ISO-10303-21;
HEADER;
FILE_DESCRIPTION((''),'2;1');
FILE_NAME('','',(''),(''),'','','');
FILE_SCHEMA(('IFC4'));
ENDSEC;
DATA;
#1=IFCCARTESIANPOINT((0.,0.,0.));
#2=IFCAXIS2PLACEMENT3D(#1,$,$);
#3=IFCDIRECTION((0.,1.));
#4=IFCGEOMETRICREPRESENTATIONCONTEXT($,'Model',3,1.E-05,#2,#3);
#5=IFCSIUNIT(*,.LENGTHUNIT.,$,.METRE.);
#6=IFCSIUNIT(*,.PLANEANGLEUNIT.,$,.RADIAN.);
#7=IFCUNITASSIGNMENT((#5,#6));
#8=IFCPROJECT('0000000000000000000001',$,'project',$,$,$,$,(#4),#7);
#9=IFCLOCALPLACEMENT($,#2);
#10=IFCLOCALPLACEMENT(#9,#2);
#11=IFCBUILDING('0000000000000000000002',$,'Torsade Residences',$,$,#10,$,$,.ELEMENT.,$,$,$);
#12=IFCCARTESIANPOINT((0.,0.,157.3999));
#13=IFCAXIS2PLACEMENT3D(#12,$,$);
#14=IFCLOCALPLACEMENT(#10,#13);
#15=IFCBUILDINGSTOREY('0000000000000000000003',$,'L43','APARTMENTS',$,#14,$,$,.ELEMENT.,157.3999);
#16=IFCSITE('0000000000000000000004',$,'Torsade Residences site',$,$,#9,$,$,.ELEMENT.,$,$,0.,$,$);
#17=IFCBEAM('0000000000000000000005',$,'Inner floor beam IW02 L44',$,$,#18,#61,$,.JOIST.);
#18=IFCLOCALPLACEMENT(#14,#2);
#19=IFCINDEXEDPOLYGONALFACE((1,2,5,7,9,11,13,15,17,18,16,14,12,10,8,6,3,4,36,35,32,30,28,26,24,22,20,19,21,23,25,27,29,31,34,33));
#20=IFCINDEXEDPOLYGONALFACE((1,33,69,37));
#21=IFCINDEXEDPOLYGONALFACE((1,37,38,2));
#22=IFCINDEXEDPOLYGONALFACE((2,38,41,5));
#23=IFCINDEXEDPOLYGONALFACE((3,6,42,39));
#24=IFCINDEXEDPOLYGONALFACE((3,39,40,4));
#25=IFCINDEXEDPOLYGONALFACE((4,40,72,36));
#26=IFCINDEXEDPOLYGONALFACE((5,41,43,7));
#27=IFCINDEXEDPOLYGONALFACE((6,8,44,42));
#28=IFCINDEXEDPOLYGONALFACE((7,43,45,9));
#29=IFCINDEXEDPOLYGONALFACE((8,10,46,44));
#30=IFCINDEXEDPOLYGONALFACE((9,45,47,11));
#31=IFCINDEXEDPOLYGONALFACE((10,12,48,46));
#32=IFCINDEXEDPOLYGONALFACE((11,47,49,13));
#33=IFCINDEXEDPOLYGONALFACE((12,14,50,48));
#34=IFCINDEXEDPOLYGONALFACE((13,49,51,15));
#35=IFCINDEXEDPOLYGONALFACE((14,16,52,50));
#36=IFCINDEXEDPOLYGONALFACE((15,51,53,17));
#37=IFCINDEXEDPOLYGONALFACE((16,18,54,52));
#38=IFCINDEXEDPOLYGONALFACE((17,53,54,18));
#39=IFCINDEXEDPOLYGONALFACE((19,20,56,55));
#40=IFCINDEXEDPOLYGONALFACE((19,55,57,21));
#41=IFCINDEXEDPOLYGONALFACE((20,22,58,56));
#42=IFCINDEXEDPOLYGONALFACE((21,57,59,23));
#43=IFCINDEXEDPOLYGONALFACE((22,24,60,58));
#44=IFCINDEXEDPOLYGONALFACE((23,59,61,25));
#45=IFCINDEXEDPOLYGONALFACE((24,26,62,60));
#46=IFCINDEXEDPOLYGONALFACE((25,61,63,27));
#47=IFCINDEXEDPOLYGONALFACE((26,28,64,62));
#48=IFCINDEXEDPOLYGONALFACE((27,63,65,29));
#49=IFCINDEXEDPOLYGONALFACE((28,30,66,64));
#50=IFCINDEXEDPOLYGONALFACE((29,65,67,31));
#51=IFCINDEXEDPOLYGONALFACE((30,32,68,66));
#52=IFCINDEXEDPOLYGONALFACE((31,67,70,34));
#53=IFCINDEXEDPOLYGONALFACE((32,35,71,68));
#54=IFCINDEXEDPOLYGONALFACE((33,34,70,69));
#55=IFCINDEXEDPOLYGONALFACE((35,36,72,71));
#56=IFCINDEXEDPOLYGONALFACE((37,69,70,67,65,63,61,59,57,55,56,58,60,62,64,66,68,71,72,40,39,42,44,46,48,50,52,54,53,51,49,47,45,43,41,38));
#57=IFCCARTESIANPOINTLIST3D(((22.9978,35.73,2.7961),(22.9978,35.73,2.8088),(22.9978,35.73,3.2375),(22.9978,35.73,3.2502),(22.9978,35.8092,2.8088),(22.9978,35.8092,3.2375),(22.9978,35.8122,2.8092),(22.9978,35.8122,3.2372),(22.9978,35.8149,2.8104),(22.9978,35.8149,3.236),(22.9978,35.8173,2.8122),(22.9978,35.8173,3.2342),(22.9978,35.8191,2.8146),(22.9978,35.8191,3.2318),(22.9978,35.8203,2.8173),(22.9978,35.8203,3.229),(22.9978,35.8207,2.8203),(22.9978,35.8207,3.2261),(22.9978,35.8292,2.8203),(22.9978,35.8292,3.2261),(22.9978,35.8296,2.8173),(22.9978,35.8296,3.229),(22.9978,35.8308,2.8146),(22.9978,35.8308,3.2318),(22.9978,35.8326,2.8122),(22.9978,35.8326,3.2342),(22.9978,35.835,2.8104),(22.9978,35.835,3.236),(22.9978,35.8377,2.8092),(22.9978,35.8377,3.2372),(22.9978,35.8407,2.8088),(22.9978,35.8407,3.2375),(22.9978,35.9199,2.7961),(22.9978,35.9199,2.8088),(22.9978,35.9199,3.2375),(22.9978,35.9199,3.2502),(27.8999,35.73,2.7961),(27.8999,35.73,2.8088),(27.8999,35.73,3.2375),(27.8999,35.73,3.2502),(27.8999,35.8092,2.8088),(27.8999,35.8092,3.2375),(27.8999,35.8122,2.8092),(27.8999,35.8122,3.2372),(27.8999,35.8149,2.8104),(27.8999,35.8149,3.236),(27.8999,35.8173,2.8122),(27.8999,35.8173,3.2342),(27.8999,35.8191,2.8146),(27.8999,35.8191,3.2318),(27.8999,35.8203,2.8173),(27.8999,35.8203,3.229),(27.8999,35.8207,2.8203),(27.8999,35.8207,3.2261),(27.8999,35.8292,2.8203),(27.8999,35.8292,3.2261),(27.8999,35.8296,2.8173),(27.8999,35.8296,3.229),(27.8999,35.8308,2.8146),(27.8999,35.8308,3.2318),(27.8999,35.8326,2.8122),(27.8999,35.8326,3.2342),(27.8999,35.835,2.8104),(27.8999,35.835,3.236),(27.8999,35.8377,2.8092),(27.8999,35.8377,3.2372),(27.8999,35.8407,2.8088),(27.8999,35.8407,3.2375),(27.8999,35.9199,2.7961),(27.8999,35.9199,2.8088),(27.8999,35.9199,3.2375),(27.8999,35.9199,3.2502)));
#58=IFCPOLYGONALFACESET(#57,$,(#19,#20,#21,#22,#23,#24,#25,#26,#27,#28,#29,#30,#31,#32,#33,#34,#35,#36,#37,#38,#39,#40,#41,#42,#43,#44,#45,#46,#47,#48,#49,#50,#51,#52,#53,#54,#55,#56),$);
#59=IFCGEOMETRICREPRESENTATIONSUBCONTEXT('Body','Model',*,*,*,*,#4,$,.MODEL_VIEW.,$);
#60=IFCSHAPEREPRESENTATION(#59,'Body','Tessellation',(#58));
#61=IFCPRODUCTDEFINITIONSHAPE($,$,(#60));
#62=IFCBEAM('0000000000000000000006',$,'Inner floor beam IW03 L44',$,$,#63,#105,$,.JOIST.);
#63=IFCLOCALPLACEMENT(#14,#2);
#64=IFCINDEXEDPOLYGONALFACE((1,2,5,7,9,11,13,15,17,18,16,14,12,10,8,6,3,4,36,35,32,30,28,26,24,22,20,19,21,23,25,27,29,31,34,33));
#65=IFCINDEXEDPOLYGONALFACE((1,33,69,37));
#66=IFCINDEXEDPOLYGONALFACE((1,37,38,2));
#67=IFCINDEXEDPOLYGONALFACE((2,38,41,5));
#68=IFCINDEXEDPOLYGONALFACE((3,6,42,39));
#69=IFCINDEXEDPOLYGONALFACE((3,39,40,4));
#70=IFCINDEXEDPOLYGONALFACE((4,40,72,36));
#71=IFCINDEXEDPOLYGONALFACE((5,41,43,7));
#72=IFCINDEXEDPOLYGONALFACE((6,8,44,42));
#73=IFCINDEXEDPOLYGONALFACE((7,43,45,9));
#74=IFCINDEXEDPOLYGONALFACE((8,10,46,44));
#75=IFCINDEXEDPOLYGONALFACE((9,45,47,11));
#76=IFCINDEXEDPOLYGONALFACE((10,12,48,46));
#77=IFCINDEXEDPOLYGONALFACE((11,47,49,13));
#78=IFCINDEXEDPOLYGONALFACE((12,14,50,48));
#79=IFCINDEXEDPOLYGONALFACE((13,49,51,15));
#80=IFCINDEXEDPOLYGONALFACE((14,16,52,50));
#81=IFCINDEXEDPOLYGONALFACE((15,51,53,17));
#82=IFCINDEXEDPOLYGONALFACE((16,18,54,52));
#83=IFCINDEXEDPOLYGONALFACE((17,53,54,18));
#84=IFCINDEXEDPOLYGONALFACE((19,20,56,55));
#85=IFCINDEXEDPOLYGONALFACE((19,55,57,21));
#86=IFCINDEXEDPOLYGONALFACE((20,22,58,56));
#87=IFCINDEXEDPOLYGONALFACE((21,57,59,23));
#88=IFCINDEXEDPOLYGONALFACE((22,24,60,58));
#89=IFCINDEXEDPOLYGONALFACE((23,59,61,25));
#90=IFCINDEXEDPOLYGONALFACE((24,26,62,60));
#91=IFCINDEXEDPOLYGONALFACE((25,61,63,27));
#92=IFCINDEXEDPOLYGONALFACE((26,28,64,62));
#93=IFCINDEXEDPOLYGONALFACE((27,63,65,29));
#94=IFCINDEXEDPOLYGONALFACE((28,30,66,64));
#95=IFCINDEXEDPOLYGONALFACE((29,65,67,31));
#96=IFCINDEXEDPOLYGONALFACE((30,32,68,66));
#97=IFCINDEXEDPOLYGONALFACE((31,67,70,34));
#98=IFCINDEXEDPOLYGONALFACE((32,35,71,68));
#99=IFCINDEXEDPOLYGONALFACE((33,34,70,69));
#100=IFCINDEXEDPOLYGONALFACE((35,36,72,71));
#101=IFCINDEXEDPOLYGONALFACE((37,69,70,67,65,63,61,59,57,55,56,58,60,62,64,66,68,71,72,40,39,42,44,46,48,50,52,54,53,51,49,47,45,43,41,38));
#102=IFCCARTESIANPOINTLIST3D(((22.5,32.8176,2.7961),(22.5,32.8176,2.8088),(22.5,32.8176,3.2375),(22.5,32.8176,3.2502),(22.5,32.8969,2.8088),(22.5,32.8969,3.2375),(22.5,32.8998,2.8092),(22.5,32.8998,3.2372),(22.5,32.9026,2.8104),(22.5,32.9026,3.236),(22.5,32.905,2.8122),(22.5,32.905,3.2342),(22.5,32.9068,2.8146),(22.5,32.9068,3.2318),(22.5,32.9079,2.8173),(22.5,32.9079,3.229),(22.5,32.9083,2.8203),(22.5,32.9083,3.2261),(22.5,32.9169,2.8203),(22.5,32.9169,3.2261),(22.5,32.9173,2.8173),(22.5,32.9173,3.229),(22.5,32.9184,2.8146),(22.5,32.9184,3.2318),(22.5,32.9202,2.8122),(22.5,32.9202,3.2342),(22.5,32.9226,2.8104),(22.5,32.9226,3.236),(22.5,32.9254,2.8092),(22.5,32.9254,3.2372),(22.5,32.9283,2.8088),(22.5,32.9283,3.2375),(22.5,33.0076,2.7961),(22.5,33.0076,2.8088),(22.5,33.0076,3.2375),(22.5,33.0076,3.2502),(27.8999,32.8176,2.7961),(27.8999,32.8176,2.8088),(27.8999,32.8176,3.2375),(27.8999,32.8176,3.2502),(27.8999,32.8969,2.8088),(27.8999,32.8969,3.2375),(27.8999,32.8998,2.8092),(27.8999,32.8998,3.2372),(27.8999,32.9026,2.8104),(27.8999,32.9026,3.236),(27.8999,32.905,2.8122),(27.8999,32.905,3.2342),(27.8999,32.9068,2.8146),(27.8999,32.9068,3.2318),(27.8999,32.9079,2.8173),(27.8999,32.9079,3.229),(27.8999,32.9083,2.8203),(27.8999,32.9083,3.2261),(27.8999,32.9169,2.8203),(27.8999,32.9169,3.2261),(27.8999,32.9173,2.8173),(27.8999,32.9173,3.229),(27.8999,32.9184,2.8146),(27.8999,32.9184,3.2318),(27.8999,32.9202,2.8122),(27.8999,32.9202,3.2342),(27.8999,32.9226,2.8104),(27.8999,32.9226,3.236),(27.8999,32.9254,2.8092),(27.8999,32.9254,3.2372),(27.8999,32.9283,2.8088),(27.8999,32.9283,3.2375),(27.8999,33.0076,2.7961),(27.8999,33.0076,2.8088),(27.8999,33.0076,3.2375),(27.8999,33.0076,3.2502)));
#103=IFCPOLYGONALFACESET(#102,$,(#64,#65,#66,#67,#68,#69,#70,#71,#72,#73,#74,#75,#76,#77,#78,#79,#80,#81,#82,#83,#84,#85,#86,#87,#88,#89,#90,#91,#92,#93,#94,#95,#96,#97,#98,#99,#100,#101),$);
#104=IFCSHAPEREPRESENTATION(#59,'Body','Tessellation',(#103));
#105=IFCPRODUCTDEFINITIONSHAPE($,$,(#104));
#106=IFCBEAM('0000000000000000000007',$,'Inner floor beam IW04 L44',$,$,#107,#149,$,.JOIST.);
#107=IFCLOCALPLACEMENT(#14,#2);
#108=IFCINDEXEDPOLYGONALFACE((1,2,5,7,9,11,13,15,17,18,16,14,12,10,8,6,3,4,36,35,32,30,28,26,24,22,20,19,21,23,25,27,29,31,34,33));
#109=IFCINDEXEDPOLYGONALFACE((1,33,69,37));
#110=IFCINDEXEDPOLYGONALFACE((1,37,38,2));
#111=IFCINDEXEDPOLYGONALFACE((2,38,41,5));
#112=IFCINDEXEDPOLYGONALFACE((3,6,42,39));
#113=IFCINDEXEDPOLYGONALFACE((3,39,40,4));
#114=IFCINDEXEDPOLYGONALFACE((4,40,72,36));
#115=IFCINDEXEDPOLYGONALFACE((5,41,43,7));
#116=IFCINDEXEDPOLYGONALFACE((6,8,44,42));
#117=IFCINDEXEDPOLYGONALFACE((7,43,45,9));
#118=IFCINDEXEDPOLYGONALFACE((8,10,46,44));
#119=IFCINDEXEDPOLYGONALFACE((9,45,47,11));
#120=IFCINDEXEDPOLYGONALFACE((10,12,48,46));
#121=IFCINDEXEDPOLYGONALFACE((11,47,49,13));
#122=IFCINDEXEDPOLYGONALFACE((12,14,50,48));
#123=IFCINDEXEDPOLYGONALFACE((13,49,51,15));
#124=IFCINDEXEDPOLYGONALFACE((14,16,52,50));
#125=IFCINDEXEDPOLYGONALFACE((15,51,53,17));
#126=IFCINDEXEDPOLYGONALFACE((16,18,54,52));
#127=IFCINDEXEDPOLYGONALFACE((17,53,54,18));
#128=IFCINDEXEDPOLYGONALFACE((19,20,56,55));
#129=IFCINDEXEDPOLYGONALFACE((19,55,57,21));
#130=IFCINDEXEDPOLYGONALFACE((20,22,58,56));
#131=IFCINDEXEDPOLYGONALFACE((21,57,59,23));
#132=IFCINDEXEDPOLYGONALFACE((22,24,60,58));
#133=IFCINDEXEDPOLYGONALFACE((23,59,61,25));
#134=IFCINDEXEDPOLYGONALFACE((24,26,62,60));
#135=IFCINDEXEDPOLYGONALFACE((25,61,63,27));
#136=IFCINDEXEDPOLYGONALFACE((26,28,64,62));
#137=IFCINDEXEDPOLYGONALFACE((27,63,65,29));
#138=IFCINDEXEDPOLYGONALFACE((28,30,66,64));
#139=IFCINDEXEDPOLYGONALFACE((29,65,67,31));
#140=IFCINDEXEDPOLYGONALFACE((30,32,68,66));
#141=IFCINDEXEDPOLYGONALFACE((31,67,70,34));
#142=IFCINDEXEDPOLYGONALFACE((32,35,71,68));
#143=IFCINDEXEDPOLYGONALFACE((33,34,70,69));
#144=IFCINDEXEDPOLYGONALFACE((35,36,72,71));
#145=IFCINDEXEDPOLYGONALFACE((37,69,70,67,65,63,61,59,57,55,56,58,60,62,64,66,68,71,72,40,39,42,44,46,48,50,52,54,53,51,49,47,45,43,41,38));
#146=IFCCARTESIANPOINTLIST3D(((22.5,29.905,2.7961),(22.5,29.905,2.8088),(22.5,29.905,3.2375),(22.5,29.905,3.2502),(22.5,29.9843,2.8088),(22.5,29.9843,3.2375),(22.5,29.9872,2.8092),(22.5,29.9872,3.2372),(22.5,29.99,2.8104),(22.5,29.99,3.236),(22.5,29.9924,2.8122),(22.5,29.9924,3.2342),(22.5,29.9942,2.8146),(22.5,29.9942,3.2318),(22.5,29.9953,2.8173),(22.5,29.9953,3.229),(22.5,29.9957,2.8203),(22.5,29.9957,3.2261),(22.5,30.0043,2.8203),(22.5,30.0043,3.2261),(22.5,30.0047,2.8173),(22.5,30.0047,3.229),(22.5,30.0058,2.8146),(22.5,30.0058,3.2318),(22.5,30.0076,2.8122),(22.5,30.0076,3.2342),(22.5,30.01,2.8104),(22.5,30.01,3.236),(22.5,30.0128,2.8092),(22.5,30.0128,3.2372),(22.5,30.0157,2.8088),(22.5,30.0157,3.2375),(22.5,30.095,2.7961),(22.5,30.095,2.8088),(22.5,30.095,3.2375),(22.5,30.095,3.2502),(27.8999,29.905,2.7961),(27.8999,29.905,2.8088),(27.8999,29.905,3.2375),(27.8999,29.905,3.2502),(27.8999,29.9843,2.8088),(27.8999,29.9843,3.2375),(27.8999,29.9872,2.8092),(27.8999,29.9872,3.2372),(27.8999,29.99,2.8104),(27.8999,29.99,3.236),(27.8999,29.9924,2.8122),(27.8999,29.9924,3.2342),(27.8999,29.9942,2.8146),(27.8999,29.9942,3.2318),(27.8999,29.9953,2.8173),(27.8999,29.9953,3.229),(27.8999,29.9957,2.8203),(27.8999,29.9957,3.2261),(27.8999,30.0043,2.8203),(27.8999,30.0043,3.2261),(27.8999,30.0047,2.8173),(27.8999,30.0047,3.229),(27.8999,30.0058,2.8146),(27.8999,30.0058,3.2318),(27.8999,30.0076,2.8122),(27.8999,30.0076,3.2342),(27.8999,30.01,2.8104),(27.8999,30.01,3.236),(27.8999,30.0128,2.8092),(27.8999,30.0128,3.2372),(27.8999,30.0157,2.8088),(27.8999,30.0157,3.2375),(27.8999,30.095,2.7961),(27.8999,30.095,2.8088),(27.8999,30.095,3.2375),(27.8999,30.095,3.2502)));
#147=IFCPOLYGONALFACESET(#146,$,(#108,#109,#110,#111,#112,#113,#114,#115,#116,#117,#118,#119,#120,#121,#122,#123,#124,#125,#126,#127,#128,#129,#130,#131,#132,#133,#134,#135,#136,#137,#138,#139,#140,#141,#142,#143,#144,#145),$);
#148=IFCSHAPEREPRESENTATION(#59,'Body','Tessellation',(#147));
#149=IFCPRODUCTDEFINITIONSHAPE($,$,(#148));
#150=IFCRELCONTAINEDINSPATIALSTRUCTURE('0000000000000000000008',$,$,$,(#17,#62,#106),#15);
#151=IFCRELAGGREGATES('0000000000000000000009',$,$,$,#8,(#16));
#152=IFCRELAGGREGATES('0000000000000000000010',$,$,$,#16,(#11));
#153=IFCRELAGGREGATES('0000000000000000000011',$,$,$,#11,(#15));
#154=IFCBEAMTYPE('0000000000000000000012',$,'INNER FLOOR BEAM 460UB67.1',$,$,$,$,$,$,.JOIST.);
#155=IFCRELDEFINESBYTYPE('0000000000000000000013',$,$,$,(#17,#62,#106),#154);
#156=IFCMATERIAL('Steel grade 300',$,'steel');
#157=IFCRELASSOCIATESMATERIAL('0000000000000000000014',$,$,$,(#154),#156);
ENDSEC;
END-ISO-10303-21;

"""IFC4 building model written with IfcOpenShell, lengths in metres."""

from ifc_helpers import new_model, si_unit, direction, frame, origin, origin_2d, place, context, subcontext, project, spatial, i_section, extrude, material, material_profile, profile_set, type_object, element, save


model = new_model("IFC4")

# Units and contexts
model_context = context("Model", 3, precision=1e-05, world=origin(), true_north=direction((0.0, 1.0)))
body_context = subcontext(model_context, "Body", "Model", "MODEL_VIEW")
ifc_project = project(units=[si_unit("LENGTHUNIT", "METRE"), si_unit("PLANEANGLEUNIT", "RADIAN")], contexts=[model_context])

# Site, building, storey
site_placement = place(None, origin())
site = spatial("IfcSite", under=ifc_project, at=site_placement, Name="Torsade Residences site", CompositionType="ELEMENT", RefElevation=0.0)
building_placement = place(site_placement, origin())
building = spatial("IfcBuilding", under=site, at=building_placement, Name="Torsade Residences", CompositionType="ELEMENT")
storey_placement = place(building_placement, frame((0.0, 0.0, 157.3999)))
storey = spatial("IfcBuildingStorey", under=building, at=storey_placement, Name="L43", Description="APARTMENTS", CompositionType="ELEMENT", Elevation=157.3999)

# Beams
ifc_material_1 = material(Name="Steel grade 300", Category="steel")
ifc_material_profile = material_profile(ifc_material_1, i_section(OverallWidth=0.1899, OverallDepth=0.4541, WebThickness=0.0085, FlangeThickness=0.0127, FilletRadius=0.0115, at=origin_2d()), Name="460UB67.1")
ifc_profile_set = profile_set([ifc_material_profile], Name="Steel grade 300")
beam_type = type_object("IfcBeamType", Name="INNER FLOOR BEAM 460UB67.1", PredefinedType="JOIST", material=ifc_profile_set)
beam_placement = place(storey_placement, frame((27.8999, 35.825, 3.0232), z_axis=(-1.0, 0.0, 0.0), x_axis=(0.0, -1.0, 0.0)))
element("IfcBeam", 1, at=beam_placement, inside=storey, type_object=beam_type, Name="Inner floor beam IW02 L44", PredefinedType="JOIST", context=body_context, shape_type="SweptSolid", body=[
    extrude(i_section(OverallWidth=0.1899, OverallDepth=0.4541, WebThickness=0.0085, FlangeThickness=0.0127, FilletRadius=0.0115, at=origin_2d()), origin(), (0.0, 0.0, 1.0), 4.9021),
])
for number, where, z_axis, x_axis, name in (
    (2, (27.8999, 32.9126, 3.0232), (-1.0, 0.0, 0.0), (0.0, -1.0, 0.0), "Inner floor beam IW03 L44"),
    (3, (27.8999, 30.0, 3.0232), (-1.0, 0.0, 0.0), (0.0, -1.0, 0.0), "Inner floor beam IW04 L44"),
):
    element("IfcBeam", number, at=place(storey_placement, frame(where, z_axis=z_axis, x_axis=x_axis)), inside=storey, type_object=beam_type, Name=name, PredefinedType="JOIST", context=body_context, shape_type="SweptSolid", body=[
        extrude(i_section(OverallWidth=0.1899, OverallDepth=0.4541, WebThickness=0.0085, FlangeThickness=0.0127, FilletRadius=0.0115, at=origin_2d()), origin(), (0.0, 0.0, 1.0), 5.3999),
    ])

save(model, "model.ifc")
